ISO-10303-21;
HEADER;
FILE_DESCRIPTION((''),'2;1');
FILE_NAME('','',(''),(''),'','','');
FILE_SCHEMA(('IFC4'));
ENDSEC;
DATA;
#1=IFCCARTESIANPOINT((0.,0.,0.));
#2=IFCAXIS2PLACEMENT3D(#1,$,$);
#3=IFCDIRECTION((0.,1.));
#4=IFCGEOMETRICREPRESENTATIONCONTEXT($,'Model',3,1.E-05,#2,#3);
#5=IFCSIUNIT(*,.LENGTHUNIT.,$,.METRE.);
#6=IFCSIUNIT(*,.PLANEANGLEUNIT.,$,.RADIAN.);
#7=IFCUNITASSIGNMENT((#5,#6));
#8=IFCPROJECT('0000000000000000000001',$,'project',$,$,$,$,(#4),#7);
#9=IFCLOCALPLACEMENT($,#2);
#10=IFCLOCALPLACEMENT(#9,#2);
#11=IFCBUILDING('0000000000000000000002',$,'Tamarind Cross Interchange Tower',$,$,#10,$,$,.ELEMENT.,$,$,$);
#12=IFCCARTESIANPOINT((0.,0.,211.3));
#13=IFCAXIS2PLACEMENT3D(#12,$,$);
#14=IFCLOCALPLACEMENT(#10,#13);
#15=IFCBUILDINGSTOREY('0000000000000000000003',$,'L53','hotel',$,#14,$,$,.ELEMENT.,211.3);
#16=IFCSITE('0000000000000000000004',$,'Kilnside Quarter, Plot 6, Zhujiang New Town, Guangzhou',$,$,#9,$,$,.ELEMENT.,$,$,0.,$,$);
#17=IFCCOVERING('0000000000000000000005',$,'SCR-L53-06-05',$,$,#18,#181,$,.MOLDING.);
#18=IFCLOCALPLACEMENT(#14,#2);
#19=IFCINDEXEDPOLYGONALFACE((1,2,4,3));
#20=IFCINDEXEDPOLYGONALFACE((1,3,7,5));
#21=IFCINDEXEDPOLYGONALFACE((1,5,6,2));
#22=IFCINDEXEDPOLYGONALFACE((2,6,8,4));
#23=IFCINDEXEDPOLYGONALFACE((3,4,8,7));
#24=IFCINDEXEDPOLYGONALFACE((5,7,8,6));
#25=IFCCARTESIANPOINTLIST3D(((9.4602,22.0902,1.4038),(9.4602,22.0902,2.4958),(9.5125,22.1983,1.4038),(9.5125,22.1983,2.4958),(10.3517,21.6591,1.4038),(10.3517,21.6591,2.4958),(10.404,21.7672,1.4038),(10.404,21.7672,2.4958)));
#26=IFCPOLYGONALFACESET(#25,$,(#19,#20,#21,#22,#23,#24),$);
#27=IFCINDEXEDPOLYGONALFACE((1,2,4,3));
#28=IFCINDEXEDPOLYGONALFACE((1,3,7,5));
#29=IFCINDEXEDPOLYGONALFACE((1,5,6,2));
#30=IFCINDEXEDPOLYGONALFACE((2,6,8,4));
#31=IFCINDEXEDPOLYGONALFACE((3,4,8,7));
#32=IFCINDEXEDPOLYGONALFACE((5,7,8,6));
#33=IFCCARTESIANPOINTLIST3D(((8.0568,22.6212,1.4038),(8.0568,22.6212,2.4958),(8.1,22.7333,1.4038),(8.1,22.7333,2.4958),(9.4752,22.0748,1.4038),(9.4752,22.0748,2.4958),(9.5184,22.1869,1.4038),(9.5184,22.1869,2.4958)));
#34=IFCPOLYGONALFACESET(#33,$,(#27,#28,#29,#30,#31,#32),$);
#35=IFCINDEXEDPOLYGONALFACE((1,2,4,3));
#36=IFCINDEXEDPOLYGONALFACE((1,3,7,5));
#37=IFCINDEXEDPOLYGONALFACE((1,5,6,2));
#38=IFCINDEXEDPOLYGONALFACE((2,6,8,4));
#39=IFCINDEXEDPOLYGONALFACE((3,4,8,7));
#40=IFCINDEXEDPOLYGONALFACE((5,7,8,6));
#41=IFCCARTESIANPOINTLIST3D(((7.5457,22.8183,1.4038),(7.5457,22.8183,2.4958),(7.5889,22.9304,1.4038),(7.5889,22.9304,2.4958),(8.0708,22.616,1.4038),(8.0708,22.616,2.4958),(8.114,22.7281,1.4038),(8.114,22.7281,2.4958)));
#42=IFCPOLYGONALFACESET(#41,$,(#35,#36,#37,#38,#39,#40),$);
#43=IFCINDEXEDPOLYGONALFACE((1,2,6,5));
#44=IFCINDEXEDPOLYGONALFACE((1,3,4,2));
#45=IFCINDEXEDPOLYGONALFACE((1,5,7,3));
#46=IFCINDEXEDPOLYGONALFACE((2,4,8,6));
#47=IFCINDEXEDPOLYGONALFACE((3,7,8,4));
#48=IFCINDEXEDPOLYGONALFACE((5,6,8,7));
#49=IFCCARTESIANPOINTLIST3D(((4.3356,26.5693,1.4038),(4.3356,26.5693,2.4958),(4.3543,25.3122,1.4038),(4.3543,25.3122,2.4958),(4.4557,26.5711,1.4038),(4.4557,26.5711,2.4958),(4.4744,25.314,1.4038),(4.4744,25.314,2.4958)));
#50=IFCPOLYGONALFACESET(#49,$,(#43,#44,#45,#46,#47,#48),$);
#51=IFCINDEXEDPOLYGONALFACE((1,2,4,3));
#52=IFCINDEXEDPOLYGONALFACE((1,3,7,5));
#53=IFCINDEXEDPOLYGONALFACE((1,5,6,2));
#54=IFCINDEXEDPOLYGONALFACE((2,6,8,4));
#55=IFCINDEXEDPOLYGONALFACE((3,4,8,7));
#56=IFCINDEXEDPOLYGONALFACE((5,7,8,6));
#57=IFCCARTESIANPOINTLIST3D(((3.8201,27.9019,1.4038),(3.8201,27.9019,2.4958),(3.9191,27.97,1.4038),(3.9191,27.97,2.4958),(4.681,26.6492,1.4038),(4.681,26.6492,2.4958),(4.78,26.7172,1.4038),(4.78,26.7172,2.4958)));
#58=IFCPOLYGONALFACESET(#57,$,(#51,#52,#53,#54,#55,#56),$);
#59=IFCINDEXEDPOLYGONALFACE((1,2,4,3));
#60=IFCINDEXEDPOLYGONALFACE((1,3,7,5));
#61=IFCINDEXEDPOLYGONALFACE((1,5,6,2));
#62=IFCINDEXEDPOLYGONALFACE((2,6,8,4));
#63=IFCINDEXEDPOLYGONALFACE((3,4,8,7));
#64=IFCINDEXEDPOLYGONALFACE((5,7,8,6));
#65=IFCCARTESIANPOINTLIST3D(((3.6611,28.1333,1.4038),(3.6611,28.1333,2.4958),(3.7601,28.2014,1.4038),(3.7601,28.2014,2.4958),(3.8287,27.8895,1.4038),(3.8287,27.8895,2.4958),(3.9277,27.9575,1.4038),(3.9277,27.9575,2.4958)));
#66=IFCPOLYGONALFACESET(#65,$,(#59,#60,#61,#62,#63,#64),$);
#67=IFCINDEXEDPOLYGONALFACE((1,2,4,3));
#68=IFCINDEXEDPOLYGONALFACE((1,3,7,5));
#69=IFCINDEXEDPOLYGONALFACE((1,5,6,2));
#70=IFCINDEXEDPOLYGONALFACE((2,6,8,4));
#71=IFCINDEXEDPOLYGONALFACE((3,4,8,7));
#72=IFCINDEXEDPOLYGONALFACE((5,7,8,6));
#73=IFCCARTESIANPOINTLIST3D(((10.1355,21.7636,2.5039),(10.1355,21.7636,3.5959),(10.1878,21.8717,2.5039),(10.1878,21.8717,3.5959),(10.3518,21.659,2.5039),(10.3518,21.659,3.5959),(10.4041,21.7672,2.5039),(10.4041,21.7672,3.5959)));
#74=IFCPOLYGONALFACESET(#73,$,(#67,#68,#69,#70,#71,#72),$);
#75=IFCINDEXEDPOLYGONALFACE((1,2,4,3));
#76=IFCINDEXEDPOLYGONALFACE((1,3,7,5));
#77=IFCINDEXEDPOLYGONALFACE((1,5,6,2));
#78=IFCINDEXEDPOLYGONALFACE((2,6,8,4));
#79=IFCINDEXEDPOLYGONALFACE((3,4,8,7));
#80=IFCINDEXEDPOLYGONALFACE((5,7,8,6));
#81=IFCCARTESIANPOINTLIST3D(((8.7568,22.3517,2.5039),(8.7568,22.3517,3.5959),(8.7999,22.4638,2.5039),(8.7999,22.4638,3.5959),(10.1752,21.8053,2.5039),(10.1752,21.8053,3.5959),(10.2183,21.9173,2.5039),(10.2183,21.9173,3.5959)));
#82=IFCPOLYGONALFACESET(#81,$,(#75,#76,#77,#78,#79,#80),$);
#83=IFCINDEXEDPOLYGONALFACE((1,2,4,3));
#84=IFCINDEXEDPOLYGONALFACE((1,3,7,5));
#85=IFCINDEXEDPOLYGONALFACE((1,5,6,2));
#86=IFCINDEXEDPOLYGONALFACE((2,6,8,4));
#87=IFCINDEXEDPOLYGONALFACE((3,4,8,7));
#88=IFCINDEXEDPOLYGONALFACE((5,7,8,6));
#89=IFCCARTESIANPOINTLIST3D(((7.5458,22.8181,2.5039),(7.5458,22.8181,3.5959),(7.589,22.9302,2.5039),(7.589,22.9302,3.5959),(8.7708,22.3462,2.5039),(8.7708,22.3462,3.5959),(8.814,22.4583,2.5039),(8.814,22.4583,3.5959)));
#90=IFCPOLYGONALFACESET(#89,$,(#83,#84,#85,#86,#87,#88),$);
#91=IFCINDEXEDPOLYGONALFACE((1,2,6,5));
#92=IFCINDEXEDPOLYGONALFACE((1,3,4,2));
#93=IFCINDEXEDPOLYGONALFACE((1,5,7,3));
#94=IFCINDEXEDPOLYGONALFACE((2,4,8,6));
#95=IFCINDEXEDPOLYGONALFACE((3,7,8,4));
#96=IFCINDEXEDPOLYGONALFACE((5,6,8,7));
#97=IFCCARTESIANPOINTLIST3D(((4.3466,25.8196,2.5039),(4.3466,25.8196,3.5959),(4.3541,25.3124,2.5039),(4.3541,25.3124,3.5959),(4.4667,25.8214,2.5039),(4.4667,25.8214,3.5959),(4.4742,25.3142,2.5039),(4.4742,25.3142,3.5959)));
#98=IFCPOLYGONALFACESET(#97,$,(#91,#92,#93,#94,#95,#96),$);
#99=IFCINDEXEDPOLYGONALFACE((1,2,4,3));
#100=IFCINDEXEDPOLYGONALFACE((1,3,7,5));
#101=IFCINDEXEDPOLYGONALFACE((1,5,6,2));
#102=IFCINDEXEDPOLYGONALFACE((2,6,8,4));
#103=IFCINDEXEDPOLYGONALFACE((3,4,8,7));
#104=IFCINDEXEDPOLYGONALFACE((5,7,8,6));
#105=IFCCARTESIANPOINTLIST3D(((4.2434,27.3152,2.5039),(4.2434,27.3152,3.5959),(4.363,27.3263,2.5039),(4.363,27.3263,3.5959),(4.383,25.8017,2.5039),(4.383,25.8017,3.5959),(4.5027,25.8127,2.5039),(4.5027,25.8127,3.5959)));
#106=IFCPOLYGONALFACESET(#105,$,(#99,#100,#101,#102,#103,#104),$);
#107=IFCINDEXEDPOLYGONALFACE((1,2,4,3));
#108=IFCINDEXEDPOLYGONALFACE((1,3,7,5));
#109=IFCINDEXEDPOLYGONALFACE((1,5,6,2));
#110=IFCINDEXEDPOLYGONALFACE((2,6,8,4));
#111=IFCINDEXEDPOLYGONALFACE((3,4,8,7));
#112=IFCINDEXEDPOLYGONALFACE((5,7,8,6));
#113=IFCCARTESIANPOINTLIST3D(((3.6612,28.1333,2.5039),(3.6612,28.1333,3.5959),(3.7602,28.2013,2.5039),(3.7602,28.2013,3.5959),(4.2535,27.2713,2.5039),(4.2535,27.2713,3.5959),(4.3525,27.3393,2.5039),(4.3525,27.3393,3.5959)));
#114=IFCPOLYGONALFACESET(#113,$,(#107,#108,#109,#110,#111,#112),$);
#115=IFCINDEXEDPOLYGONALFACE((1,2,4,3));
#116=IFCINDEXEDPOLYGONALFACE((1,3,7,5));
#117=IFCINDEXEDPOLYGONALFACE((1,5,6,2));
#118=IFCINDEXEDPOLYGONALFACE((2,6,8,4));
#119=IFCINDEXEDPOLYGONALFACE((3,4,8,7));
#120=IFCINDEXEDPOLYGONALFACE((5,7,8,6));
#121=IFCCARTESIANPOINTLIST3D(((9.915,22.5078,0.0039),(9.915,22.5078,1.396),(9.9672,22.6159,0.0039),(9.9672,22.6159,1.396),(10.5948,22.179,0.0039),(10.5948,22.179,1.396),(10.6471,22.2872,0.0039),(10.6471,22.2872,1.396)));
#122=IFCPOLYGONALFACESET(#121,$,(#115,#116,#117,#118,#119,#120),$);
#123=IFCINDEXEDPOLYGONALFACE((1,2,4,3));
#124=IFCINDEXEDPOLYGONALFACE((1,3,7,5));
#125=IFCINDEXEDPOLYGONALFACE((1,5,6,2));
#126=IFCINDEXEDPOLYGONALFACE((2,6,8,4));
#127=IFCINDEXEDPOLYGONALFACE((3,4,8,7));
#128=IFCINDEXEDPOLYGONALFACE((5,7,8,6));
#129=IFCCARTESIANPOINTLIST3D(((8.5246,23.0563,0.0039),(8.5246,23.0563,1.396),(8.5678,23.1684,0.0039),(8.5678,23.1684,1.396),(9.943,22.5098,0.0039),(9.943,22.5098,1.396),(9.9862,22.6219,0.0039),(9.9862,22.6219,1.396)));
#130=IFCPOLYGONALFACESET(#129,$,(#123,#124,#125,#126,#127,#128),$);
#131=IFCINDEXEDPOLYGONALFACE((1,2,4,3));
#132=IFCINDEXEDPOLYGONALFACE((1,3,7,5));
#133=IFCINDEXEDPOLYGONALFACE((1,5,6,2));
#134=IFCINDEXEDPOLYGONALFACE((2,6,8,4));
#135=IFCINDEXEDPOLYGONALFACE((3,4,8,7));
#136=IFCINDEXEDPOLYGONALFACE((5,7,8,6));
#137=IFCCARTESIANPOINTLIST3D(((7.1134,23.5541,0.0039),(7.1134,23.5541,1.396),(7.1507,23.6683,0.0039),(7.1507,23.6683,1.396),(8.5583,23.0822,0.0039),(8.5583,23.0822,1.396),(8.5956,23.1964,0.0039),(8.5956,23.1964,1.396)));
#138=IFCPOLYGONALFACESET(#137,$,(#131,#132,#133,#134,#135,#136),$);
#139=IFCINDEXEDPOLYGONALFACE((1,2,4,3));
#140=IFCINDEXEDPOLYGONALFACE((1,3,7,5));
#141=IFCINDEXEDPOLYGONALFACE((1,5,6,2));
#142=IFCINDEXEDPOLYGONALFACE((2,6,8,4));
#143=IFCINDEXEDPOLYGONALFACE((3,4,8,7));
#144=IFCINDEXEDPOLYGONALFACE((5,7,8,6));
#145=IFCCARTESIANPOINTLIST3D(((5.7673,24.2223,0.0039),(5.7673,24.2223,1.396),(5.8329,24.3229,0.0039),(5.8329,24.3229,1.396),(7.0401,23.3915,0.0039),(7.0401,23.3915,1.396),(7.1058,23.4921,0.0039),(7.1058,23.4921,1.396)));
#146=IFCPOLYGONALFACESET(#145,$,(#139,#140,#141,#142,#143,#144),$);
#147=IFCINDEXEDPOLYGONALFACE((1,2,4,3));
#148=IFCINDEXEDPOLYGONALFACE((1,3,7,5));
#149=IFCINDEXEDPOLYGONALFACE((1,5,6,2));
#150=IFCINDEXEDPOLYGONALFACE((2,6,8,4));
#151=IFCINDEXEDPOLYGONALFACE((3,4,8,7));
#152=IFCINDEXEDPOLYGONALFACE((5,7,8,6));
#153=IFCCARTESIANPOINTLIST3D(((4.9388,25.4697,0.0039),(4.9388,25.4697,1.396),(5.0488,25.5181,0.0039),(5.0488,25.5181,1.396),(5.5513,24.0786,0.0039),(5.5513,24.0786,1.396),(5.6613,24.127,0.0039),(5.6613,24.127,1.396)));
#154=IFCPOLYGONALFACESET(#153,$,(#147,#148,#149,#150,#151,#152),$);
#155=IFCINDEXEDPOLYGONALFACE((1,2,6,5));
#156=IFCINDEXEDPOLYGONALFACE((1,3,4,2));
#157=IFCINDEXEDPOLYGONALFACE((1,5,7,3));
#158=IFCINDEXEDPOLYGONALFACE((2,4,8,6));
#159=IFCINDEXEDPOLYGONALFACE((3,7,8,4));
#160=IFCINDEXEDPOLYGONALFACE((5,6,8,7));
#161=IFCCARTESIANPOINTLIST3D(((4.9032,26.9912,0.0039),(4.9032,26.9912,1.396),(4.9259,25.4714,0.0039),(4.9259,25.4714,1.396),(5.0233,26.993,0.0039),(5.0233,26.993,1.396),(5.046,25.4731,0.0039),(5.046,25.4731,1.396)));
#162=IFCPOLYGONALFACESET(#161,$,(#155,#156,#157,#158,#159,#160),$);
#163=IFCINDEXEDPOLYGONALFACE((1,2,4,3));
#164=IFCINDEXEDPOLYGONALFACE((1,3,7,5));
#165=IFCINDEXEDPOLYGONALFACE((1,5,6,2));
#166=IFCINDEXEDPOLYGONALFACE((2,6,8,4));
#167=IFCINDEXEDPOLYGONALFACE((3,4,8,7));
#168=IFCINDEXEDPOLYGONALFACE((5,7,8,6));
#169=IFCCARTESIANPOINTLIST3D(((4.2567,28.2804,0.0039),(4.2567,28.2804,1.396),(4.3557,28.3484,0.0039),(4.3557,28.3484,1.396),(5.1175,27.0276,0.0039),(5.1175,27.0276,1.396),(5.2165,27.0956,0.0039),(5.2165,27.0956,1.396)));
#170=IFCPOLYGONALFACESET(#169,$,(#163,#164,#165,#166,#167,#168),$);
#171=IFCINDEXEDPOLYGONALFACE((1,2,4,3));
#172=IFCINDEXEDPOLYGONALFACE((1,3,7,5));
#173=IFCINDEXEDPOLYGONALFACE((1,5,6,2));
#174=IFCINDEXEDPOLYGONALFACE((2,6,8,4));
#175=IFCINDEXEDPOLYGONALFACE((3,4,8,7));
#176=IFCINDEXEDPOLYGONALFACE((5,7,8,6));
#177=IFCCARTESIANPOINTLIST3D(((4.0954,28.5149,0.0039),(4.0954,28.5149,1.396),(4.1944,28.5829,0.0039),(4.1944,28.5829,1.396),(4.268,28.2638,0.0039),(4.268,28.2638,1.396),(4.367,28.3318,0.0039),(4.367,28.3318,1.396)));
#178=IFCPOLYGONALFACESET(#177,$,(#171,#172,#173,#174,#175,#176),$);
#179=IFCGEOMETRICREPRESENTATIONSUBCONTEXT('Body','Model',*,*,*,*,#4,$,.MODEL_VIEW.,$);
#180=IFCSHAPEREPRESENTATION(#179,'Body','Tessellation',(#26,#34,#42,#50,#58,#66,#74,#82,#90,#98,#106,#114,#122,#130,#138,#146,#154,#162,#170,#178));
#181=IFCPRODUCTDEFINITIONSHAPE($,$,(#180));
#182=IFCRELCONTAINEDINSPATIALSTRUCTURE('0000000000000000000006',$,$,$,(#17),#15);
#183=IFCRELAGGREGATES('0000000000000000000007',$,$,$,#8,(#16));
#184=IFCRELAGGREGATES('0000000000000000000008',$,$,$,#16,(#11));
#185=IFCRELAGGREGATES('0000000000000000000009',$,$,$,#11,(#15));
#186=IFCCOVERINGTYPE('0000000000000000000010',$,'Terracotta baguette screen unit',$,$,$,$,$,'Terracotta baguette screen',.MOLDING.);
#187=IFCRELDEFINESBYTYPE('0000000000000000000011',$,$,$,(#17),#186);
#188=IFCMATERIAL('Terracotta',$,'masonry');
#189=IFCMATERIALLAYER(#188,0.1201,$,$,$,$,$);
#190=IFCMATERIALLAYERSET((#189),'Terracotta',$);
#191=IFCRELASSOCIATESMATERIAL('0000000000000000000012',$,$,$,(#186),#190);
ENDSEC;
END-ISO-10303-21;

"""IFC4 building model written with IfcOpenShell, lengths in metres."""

from ifc_helpers import new_model, si_unit, direction, frame, origin, origin_2d, place, context, subcontext, project, spatial, rectangle, extrude, material, layer, layer_set, type_object, element, save


model = new_model("IFC4")

# Units and contexts
model_context = context("Model", 3, precision=1e-05, world=origin(), true_north=direction((0.0, 1.0)))
body_context = subcontext(model_context, "Body", "Model", "MODEL_VIEW")
ifc_project = project(units=[si_unit("LENGTHUNIT", "METRE"), si_unit("PLANEANGLEUNIT", "RADIAN")], contexts=[model_context])

# Site, building, storey
site_placement = place(None, origin())
site = spatial("IfcSite", under=ifc_project, at=site_placement, Name="Kilnside Quarter, Plot 6, Zhujiang New Town, Guangzhou", CompositionType="ELEMENT", RefElevation=0.0)
building_placement = place(site_placement, origin())
building = spatial("IfcBuilding", under=site, at=building_placement, Name="Tamarind Cross Interchange Tower", CompositionType="ELEMENT")
storey_placement = place(building_placement, frame((0.0, 0.0, 211.3)))
storey = spatial("IfcBuildingStorey", under=building, at=storey_placement, Name="L53", Description="hotel", CompositionType="ELEMENT", Elevation=211.3)

# Covering
ifc_material_1 = material(Name="Terracotta", Category="masonry")
ifc_layer_1 = layer(ifc_material_1, 0.1201)
ifc_layer_set_1 = layer_set([ifc_layer_1], Name="Terracotta")
covering_type = type_object("IfcCoveringType", Name="Terracotta baguette screen unit", ElementType="Terracotta baguette screen", PredefinedType="MOLDING", material=ifc_layer_set_1)
covering_1_placement = place(storey_placement, origin())
element("IfcCovering", 1, at=covering_1_placement, inside=storey, type_object=covering_type, Name="SCR-L53-06-05", PredefinedType="MOLDING", context=body_context, shape_type="SweptSolid", body=[
    extrude(rectangle(XDim=0.9902, YDim=0.1201, at=origin_2d()), frame((9.9321, 21.9287, 1.4038), z_axis=(0.0, 0.0, 1.0), x_axis=(-0.900273, 0.435326, 0.0)), (0.0, 0.0, 1.0), 1.092),
    extrude(rectangle(XDim=1.52, YDim=0.1201, at=origin_2d()), frame((8.7876, 22.4041, 1.4038), z_axis=(0.0, 0.0, 1.0), x_axis=(-0.933147, 0.359495, 0.0)), (0.0, 0.0, 1.0), 1.092),
    extrude(rectangle(XDim=0.5627, YDim=0.1201, at=origin_2d()), frame((7.8298, 22.7732, 1.4038), z_axis=(0.0, 0.0, 1.0), x_axis=(-0.933147, 0.359495, 0.0)), (0.0, 0.0, 1.0), 1.092),
    extrude(rectangle(XDim=1.2573, YDim=0.1201, at=origin_2d()), frame((4.405, 25.9417, 1.4038), z_axis=(0.0, 0.0, 1.0), x_axis=(-0.014896, 0.999889, 0.0)), (0.0, 0.0, 1.0), 1.092),
    extrude(rectangle(XDim=1.52, YDim=0.1201, at=origin_2d()), frame((4.3, 27.3096, 1.4038), z_axis=(0.0, 0.0, 1.0), x_axis=(-0.566316, 0.824188, 0.0)), (0.0, 0.0, 1.0), 1.092),
    extrude(rectangle(XDim=0.2959, YDim=0.1201, at=origin_2d()), frame((3.7944, 28.0454, 1.4038), z_axis=(0.0, 0.0, 1.0), x_axis=(-0.566316, 0.824188, 0.0)), (0.0, 0.0, 1.0), 1.092),
    extrude(rectangle(XDim=0.2402, YDim=0.1201, at=origin_2d()), frame((10.2698, 21.7654, 2.5039), z_axis=(0.0, 0.0, 1.0), x_axis=(-0.900273, 0.435326, 0.0)), (0.0, 0.0, 1.0), 1.092),
    extrude(rectangle(XDim=1.52, YDim=0.1201, at=origin_2d()), frame((9.4875, 22.1345, 2.5039), z_axis=(0.0, 0.0, 1.0), x_axis=(-0.933147, 0.359495, 0.0)), (0.0, 0.0, 1.0), 1.092),
    extrude(rectangle(XDim=1.3127, YDim=0.1201, at=origin_2d()), frame((8.1799, 22.6382, 2.5039), z_axis=(0.0, 0.0, 1.0), x_axis=(-0.933147, 0.359495, 0.0)), (0.0, 0.0, 1.0), 1.092),
    extrude(rectangle(XDim=0.5073, YDim=0.1201, at=origin_2d()), frame((4.4104, 25.5669, 2.5039), z_axis=(0.0, 0.0, 1.0), x_axis=(-0.014896, 0.999889, 0.0)), (0.0, 0.0, 1.0), 1.092),
    extrude(rectangle(XDim=1.52, YDim=0.1201, at=origin_2d()), frame((4.373, 26.564, 2.5039), z_axis=(0.0, 0.0, 1.0), x_axis=(-0.09185, 0.995773, 0.0)), (0.0, 0.0, 1.0), 1.092),
    extrude(rectangle(XDim=1.0459, YDim=0.1201, at=origin_2d()), frame((4.0068, 27.7363, 2.5039), z_axis=(0.0, 0.0, 1.0), x_axis=(-0.566316, 0.824188, 0.0)), (0.0, 0.0, 1.0), 1.092),
    extrude(rectangle(XDim=0.7551, YDim=0.1201, at=origin_2d()), frame((10.281, 22.3975, 0.0039), z_axis=(0.0, 0.0, 1.0), x_axis=(-0.900273, 0.435326, 0.0)), (0.0, 0.0, 1.0), 1.3921),
    extrude(rectangle(XDim=1.52, YDim=0.1201, at=origin_2d()), frame((9.2554, 22.8391, 0.0039), z_axis=(0.0, 0.0, 1.0), x_axis=(-0.933147, 0.359495, 0.0)), (0.0, 0.0, 1.0), 1.3921),
    extrude(rectangle(XDim=1.52, YDim=0.1201, at=origin_2d()), frame((7.8545, 23.3752, 0.0039), z_axis=(0.0, 0.0, 1.0), x_axis=(-0.950583, 0.310471, 0.0)), (0.0, 0.0, 1.0), 1.3921),
    extrude(rectangle(XDim=1.52, YDim=0.1201, at=origin_2d()), frame((6.4365, 23.8572, 0.0039), z_axis=(0.0, 0.0, 1.0), x_axis=(-0.837418, 0.546563, 0.0)), (0.0, 0.0, 1.0), 1.3921),
    extrude(rectangle(XDim=1.52, YDim=0.1201, at=origin_2d()), frame((5.3, 24.7983, 0.0039), z_axis=(0.0, 0.0, 1.0), x_axis=(-0.40296, 0.915218, 0.0)), (0.0, 0.0, 1.0), 1.3921),
    extrude(rectangle(XDim=1.52, YDim=0.1201, at=origin_2d()), frame((4.9746, 26.2322, 0.0039), z_axis=(0.0, 0.0, 1.0), x_axis=(-0.014896, 0.999889, 0.0)), (0.0, 0.0, 1.0), 1.3921),
    extrude(rectangle(XDim=1.52, YDim=0.1201, at=origin_2d()), frame((4.7366, 27.688, 0.0039), z_axis=(0.0, 0.0, 1.0), x_axis=(-0.566316, 0.824188, 0.0)), (0.0, 0.0, 1.0), 1.3921),
    extrude(rectangle(XDim=0.3047, YDim=0.1201, at=origin_2d()), frame((4.2312, 28.4233, 0.0039), z_axis=(0.0, 0.0, 1.0), x_axis=(-0.566316, 0.824188, 0.0)), (0.0, 0.0, 1.0), 1.3921),
])

save(model, "model.ifc")
